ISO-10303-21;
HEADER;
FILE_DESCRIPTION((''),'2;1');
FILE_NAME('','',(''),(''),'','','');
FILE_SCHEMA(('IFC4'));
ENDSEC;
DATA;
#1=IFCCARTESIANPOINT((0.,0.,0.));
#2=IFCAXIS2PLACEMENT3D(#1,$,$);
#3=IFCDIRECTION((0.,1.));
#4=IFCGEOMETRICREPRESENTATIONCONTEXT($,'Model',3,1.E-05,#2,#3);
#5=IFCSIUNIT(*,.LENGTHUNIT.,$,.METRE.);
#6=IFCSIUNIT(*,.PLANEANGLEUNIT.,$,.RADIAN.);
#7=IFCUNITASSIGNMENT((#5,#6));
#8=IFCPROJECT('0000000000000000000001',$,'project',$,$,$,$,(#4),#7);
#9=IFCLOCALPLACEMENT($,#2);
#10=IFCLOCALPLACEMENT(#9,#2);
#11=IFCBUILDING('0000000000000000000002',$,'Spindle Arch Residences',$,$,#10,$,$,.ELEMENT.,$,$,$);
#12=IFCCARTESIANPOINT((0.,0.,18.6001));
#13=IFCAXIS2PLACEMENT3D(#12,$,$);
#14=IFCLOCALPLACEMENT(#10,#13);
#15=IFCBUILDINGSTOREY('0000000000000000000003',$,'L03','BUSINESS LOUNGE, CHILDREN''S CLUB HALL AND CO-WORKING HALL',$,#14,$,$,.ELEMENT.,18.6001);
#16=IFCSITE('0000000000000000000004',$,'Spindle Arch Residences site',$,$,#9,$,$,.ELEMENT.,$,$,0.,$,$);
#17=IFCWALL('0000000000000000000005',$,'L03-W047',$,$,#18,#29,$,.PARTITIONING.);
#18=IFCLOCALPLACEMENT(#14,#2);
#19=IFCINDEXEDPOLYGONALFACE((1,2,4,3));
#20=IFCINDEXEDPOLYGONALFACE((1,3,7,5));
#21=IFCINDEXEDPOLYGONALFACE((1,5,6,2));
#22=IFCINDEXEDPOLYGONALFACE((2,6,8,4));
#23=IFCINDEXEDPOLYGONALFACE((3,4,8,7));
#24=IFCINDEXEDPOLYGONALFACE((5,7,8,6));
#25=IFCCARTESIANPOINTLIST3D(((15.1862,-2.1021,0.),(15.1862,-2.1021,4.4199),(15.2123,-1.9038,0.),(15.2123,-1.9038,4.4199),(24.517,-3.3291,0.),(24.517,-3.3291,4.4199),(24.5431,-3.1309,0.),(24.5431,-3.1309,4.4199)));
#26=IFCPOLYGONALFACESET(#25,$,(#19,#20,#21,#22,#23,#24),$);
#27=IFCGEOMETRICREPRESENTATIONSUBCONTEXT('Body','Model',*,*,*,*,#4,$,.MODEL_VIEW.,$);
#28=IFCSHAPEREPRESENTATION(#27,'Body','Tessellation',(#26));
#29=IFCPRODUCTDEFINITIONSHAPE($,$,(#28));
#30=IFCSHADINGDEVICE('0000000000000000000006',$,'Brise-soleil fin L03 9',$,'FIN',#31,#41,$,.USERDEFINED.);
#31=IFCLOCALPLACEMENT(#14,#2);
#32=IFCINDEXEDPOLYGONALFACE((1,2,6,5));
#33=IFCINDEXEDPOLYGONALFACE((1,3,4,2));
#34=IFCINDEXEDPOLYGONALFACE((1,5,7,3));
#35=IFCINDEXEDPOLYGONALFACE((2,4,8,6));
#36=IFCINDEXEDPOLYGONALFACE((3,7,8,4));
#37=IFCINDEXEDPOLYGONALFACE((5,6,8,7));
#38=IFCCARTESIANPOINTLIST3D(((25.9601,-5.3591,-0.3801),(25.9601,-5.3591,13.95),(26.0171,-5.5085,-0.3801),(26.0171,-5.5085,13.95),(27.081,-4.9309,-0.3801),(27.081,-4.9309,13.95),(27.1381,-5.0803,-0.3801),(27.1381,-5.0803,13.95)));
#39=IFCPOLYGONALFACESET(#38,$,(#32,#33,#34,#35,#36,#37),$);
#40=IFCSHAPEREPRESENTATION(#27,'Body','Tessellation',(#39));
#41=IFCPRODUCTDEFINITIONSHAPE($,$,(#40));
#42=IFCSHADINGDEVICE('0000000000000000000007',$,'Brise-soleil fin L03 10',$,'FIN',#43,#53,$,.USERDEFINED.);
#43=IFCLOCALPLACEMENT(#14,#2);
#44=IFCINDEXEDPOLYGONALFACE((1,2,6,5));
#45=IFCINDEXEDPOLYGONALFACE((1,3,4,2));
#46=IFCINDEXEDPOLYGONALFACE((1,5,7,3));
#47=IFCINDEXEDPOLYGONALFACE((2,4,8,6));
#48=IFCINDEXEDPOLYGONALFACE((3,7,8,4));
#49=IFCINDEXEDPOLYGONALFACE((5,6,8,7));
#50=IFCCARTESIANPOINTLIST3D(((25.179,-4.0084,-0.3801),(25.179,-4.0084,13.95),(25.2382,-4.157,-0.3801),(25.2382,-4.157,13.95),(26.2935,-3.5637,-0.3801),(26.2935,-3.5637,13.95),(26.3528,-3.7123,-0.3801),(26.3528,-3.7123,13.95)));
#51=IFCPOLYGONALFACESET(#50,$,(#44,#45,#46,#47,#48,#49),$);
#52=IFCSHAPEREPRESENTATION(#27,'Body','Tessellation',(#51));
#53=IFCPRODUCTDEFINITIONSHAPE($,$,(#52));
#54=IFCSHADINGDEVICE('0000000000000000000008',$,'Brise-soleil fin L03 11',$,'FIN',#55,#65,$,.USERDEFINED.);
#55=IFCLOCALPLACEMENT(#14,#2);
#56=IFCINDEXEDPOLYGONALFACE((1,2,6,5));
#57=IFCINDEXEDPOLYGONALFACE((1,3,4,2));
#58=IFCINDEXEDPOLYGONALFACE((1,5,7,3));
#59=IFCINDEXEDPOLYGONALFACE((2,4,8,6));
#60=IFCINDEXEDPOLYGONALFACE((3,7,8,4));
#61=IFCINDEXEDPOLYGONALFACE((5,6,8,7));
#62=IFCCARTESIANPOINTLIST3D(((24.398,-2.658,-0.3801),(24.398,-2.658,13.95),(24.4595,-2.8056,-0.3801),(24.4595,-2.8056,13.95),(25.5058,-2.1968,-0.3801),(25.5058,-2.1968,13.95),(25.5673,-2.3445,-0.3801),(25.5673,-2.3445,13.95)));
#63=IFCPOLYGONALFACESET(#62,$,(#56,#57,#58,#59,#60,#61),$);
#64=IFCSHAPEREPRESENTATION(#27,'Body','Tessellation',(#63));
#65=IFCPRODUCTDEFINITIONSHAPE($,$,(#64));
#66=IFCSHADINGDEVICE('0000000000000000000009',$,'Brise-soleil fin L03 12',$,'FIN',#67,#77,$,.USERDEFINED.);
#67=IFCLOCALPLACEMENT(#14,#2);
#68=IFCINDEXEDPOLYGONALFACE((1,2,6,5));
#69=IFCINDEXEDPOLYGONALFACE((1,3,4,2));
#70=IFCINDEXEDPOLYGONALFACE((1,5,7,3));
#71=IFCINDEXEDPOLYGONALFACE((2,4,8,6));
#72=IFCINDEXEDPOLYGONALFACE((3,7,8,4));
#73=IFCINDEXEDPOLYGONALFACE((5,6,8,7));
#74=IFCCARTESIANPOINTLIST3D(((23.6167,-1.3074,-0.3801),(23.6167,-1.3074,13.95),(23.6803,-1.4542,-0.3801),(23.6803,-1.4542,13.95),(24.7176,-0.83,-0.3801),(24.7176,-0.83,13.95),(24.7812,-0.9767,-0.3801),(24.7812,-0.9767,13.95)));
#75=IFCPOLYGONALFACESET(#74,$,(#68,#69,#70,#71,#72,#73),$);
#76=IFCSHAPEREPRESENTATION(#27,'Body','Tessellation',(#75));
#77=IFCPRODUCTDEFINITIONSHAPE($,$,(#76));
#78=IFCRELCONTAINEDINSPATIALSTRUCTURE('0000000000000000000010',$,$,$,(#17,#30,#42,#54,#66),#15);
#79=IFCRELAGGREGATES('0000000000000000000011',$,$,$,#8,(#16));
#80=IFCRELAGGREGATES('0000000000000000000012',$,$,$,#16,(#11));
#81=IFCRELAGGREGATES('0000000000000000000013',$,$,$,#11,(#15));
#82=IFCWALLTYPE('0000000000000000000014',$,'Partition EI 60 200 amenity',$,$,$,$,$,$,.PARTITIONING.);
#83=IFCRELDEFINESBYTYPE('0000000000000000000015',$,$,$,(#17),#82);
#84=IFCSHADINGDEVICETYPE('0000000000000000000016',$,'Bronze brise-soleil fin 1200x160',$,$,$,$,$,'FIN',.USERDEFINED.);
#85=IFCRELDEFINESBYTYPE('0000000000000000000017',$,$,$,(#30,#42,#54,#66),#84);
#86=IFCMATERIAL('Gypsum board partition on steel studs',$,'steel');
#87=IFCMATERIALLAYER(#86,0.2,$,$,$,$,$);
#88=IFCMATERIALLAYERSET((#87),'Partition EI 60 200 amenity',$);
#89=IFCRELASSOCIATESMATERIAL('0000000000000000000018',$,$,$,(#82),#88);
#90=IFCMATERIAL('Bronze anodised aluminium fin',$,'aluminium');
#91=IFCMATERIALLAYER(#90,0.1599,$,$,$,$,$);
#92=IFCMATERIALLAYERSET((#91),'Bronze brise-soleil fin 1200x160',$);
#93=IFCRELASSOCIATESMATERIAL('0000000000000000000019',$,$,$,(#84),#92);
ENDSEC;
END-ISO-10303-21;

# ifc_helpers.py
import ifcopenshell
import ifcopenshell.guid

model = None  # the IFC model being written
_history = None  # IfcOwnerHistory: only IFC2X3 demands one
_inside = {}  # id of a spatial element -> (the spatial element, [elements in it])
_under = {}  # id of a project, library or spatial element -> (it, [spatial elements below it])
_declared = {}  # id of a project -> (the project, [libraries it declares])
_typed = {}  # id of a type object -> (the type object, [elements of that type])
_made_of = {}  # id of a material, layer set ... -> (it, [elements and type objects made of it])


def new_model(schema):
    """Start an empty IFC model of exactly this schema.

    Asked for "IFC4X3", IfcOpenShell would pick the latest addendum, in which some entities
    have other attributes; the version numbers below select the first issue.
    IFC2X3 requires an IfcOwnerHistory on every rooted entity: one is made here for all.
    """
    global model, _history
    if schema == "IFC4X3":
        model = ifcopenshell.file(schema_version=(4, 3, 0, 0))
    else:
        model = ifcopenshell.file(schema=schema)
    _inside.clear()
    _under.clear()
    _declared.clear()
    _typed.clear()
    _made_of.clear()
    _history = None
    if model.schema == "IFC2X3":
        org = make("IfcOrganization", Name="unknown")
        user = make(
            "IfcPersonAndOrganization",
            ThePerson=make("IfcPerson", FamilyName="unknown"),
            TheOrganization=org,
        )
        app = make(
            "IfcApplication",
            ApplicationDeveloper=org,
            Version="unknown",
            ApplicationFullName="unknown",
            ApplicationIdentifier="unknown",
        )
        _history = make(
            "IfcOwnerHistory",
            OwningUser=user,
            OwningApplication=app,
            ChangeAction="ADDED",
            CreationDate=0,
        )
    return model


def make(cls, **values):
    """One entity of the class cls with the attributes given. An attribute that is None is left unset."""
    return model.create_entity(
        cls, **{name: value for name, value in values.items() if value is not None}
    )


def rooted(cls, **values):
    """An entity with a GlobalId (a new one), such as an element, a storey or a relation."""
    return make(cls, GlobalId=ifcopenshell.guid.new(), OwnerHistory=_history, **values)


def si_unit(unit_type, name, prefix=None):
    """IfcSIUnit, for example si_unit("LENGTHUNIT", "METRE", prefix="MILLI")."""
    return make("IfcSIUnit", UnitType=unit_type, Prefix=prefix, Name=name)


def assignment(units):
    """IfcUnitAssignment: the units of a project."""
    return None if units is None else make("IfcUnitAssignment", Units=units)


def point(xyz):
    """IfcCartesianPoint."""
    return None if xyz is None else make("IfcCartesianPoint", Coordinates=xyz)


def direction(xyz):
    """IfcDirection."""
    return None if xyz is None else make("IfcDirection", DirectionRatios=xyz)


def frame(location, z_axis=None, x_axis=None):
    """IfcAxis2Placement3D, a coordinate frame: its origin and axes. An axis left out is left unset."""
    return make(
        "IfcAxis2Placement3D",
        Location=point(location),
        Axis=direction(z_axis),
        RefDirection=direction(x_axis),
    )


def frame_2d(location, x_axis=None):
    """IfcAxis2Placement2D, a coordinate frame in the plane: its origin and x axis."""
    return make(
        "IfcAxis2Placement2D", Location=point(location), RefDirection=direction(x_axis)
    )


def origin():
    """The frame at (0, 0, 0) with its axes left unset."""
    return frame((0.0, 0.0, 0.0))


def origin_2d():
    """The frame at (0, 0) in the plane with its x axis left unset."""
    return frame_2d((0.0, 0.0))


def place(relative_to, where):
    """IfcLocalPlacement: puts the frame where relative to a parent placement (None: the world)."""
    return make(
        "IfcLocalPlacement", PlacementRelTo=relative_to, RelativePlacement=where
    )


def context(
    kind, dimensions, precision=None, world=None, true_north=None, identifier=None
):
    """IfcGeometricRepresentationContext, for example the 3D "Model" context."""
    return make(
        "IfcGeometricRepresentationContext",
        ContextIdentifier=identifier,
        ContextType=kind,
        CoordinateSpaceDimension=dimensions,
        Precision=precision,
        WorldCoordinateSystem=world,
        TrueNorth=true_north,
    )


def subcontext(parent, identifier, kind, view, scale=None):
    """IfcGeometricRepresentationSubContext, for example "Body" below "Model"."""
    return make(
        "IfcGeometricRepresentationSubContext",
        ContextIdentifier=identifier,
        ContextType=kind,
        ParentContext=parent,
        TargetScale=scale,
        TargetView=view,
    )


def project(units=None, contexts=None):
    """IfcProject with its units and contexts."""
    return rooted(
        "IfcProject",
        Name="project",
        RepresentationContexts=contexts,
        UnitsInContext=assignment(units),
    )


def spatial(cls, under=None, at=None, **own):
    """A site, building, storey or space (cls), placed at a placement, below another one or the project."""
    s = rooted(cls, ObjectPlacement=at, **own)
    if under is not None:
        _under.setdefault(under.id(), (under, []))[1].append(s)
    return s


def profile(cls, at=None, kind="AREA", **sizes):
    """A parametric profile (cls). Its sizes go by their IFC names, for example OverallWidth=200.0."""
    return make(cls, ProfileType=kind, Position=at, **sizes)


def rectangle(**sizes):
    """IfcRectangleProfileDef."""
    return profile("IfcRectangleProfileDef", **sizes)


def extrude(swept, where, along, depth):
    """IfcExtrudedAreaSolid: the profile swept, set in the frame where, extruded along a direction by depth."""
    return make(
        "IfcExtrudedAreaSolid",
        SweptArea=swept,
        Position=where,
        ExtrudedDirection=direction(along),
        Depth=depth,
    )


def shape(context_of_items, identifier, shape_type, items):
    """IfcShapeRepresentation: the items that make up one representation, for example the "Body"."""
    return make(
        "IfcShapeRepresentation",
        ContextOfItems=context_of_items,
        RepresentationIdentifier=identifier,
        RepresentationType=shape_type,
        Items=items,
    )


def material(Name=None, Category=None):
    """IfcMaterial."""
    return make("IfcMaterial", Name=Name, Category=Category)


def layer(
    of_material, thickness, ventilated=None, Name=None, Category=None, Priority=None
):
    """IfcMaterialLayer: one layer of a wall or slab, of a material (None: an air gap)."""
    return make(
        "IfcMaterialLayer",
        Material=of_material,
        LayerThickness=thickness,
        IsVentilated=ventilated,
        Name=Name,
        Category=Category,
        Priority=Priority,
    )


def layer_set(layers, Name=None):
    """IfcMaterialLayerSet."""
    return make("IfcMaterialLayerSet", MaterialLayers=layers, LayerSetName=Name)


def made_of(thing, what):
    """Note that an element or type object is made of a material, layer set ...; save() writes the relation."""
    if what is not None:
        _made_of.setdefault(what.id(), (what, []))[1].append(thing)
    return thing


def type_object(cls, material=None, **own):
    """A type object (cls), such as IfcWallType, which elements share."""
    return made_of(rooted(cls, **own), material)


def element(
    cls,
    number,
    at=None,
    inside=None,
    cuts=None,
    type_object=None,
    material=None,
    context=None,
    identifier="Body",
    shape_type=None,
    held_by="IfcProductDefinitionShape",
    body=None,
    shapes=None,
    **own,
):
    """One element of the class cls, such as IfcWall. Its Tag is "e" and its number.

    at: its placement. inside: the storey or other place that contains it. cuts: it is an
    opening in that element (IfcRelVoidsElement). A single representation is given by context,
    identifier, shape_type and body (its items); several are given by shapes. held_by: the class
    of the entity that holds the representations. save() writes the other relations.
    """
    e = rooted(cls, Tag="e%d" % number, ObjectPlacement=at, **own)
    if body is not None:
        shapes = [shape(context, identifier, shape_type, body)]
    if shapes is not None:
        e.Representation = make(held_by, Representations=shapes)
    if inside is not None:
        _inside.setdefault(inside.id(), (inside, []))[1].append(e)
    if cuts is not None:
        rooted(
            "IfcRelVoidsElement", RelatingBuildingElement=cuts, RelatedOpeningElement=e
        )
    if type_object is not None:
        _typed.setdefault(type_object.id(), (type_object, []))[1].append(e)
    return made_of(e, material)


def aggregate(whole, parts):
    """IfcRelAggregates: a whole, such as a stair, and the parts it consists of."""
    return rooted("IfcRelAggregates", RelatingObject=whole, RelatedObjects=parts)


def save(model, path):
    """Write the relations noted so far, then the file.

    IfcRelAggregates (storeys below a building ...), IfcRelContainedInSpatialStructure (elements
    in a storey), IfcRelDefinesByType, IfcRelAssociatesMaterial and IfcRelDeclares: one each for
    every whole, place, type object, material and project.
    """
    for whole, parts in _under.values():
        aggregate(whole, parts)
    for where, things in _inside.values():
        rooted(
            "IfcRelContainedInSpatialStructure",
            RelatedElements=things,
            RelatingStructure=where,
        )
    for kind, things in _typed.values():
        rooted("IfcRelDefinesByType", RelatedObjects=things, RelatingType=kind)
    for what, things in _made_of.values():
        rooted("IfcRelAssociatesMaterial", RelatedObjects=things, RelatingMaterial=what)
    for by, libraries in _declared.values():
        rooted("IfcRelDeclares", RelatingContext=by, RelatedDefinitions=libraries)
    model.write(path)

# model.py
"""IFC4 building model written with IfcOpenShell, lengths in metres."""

from ifc_helpers import new_model, si_unit, direction, frame, frame_2d, origin, origin_2d, place, context, subcontext, project, spatial, rectangle, extrude, material, layer, layer_set, type_object, element, save


model = new_model("IFC4")

# Units and contexts
model_context = context("Model", 3, precision=1e-05, world=origin(), true_north=direction((0.0, 1.0)))
body_context = subcontext(model_context, "Body", "Model", "MODEL_VIEW")
ifc_project = project(units=[si_unit("LENGTHUNIT", "METRE"), si_unit("PLANEANGLEUNIT", "RADIAN")], contexts=[model_context])

# Site, building, storey
site_placement = place(None, origin())
site = spatial("IfcSite", under=ifc_project, at=site_placement, Name="Spindle Arch Residences site", CompositionType="ELEMENT", RefElevation=0.0)
building_placement = place(site_placement, origin())
building = spatial("IfcBuilding", under=site, at=building_placement, Name="Spindle Arch Residences", CompositionType="ELEMENT")
storey_placement = place(building_placement, frame((0.0, 0.0, 18.6001)))
storey = spatial("IfcBuildingStorey", under=building, at=storey_placement, Name="L03", Description="BUSINESS LOUNGE, CHILDREN'S CLUB HALL AND CO-WORKING HALL", CompositionType="ELEMENT", Elevation=18.6001)

# Shared definitions
ifc_material_1 = material(Name="Gypsum board partition on steel studs", Category="steel")
ifc_layer_1 = layer(ifc_material_1, 0.2)
ifc_layer_set_1 = layer_set([ifc_layer_1], Name="Partition EI 60 200 amenity")
wall_type = type_object("IfcWallType", Name="Partition EI 60 200 amenity", PredefinedType="PARTITIONING", material=ifc_layer_set_1)

# Wall
wall_1_placement = place(storey_placement, frame((15.1992, -2.0029, 0.0), z_axis=(0.0, 0.0, 1.0), x_axis=(0.991464, -0.130383, 0.0)))
element("IfcWall", 1, at=wall_1_placement, inside=storey, type_object=wall_type, Name="L03-W047", PredefinedType="PARTITIONING", context=body_context, shape_type="SweptSolid", body=[
    extrude(rectangle(XDim=9.4111, YDim=0.2, at=frame_2d((4.7056, 0.0))), origin(), (0.0, 0.0, 1.0), 4.4199),
])

# Shading devices
ifc_material_2 = material(Name="Bronze anodised aluminium fin", Category="aluminium")
ifc_layer_2 = layer(ifc_material_2, 0.1599)
ifc_layer_set_2 = layer_set([ifc_layer_2], Name="Bronze brise-soleil fin 1200x160")
shading_device_type = type_object("IfcShadingDeviceType", Name="Bronze brise-soleil fin 1200x160", ElementType="FIN", PredefinedType="USERDEFINED", material=ifc_layer_set_2)
for number, where, z_axis, x_axis, name in (
    (2, (26.5491, -5.2197, -0.3801), (0.0, 0.0, 1.0), (0.934165, 0.356842, 0.0), "Brise-soleil fin L03 9"),
    (3, (25.7659, -3.8604, -0.3801), (0.0, 0.0, 1.0), (0.928792, 0.370601, 0.0), "Brise-soleil fin L03 10"),
    (4, (24.9827, -2.5012, -0.3801), (0.0, 0.0, 1.0), (0.923217, 0.38428, 0.0), "Brise-soleil fin L03 11"),
    (5, (24.199, -1.1421, -0.3801), (0.0, 0.0, 1.0), (0.91744, 0.397874, 0.0), "Brise-soleil fin L03 12"),
):
    element("IfcShadingDevice", number, at=place(storey_placement, frame(where, z_axis=z_axis, x_axis=x_axis)), inside=storey, type_object=shading_device_type, Name=name, ObjectType="FIN", PredefinedType="USERDEFINED", context=body_context, shape_type="SweptSolid", body=[
        extrude(rectangle(XDim=1.2, YDim=0.1599, at=origin_2d()), origin(), (0.0, 0.0, 1.0), 14.3301),
    ])

save(model, "model.ifc")
